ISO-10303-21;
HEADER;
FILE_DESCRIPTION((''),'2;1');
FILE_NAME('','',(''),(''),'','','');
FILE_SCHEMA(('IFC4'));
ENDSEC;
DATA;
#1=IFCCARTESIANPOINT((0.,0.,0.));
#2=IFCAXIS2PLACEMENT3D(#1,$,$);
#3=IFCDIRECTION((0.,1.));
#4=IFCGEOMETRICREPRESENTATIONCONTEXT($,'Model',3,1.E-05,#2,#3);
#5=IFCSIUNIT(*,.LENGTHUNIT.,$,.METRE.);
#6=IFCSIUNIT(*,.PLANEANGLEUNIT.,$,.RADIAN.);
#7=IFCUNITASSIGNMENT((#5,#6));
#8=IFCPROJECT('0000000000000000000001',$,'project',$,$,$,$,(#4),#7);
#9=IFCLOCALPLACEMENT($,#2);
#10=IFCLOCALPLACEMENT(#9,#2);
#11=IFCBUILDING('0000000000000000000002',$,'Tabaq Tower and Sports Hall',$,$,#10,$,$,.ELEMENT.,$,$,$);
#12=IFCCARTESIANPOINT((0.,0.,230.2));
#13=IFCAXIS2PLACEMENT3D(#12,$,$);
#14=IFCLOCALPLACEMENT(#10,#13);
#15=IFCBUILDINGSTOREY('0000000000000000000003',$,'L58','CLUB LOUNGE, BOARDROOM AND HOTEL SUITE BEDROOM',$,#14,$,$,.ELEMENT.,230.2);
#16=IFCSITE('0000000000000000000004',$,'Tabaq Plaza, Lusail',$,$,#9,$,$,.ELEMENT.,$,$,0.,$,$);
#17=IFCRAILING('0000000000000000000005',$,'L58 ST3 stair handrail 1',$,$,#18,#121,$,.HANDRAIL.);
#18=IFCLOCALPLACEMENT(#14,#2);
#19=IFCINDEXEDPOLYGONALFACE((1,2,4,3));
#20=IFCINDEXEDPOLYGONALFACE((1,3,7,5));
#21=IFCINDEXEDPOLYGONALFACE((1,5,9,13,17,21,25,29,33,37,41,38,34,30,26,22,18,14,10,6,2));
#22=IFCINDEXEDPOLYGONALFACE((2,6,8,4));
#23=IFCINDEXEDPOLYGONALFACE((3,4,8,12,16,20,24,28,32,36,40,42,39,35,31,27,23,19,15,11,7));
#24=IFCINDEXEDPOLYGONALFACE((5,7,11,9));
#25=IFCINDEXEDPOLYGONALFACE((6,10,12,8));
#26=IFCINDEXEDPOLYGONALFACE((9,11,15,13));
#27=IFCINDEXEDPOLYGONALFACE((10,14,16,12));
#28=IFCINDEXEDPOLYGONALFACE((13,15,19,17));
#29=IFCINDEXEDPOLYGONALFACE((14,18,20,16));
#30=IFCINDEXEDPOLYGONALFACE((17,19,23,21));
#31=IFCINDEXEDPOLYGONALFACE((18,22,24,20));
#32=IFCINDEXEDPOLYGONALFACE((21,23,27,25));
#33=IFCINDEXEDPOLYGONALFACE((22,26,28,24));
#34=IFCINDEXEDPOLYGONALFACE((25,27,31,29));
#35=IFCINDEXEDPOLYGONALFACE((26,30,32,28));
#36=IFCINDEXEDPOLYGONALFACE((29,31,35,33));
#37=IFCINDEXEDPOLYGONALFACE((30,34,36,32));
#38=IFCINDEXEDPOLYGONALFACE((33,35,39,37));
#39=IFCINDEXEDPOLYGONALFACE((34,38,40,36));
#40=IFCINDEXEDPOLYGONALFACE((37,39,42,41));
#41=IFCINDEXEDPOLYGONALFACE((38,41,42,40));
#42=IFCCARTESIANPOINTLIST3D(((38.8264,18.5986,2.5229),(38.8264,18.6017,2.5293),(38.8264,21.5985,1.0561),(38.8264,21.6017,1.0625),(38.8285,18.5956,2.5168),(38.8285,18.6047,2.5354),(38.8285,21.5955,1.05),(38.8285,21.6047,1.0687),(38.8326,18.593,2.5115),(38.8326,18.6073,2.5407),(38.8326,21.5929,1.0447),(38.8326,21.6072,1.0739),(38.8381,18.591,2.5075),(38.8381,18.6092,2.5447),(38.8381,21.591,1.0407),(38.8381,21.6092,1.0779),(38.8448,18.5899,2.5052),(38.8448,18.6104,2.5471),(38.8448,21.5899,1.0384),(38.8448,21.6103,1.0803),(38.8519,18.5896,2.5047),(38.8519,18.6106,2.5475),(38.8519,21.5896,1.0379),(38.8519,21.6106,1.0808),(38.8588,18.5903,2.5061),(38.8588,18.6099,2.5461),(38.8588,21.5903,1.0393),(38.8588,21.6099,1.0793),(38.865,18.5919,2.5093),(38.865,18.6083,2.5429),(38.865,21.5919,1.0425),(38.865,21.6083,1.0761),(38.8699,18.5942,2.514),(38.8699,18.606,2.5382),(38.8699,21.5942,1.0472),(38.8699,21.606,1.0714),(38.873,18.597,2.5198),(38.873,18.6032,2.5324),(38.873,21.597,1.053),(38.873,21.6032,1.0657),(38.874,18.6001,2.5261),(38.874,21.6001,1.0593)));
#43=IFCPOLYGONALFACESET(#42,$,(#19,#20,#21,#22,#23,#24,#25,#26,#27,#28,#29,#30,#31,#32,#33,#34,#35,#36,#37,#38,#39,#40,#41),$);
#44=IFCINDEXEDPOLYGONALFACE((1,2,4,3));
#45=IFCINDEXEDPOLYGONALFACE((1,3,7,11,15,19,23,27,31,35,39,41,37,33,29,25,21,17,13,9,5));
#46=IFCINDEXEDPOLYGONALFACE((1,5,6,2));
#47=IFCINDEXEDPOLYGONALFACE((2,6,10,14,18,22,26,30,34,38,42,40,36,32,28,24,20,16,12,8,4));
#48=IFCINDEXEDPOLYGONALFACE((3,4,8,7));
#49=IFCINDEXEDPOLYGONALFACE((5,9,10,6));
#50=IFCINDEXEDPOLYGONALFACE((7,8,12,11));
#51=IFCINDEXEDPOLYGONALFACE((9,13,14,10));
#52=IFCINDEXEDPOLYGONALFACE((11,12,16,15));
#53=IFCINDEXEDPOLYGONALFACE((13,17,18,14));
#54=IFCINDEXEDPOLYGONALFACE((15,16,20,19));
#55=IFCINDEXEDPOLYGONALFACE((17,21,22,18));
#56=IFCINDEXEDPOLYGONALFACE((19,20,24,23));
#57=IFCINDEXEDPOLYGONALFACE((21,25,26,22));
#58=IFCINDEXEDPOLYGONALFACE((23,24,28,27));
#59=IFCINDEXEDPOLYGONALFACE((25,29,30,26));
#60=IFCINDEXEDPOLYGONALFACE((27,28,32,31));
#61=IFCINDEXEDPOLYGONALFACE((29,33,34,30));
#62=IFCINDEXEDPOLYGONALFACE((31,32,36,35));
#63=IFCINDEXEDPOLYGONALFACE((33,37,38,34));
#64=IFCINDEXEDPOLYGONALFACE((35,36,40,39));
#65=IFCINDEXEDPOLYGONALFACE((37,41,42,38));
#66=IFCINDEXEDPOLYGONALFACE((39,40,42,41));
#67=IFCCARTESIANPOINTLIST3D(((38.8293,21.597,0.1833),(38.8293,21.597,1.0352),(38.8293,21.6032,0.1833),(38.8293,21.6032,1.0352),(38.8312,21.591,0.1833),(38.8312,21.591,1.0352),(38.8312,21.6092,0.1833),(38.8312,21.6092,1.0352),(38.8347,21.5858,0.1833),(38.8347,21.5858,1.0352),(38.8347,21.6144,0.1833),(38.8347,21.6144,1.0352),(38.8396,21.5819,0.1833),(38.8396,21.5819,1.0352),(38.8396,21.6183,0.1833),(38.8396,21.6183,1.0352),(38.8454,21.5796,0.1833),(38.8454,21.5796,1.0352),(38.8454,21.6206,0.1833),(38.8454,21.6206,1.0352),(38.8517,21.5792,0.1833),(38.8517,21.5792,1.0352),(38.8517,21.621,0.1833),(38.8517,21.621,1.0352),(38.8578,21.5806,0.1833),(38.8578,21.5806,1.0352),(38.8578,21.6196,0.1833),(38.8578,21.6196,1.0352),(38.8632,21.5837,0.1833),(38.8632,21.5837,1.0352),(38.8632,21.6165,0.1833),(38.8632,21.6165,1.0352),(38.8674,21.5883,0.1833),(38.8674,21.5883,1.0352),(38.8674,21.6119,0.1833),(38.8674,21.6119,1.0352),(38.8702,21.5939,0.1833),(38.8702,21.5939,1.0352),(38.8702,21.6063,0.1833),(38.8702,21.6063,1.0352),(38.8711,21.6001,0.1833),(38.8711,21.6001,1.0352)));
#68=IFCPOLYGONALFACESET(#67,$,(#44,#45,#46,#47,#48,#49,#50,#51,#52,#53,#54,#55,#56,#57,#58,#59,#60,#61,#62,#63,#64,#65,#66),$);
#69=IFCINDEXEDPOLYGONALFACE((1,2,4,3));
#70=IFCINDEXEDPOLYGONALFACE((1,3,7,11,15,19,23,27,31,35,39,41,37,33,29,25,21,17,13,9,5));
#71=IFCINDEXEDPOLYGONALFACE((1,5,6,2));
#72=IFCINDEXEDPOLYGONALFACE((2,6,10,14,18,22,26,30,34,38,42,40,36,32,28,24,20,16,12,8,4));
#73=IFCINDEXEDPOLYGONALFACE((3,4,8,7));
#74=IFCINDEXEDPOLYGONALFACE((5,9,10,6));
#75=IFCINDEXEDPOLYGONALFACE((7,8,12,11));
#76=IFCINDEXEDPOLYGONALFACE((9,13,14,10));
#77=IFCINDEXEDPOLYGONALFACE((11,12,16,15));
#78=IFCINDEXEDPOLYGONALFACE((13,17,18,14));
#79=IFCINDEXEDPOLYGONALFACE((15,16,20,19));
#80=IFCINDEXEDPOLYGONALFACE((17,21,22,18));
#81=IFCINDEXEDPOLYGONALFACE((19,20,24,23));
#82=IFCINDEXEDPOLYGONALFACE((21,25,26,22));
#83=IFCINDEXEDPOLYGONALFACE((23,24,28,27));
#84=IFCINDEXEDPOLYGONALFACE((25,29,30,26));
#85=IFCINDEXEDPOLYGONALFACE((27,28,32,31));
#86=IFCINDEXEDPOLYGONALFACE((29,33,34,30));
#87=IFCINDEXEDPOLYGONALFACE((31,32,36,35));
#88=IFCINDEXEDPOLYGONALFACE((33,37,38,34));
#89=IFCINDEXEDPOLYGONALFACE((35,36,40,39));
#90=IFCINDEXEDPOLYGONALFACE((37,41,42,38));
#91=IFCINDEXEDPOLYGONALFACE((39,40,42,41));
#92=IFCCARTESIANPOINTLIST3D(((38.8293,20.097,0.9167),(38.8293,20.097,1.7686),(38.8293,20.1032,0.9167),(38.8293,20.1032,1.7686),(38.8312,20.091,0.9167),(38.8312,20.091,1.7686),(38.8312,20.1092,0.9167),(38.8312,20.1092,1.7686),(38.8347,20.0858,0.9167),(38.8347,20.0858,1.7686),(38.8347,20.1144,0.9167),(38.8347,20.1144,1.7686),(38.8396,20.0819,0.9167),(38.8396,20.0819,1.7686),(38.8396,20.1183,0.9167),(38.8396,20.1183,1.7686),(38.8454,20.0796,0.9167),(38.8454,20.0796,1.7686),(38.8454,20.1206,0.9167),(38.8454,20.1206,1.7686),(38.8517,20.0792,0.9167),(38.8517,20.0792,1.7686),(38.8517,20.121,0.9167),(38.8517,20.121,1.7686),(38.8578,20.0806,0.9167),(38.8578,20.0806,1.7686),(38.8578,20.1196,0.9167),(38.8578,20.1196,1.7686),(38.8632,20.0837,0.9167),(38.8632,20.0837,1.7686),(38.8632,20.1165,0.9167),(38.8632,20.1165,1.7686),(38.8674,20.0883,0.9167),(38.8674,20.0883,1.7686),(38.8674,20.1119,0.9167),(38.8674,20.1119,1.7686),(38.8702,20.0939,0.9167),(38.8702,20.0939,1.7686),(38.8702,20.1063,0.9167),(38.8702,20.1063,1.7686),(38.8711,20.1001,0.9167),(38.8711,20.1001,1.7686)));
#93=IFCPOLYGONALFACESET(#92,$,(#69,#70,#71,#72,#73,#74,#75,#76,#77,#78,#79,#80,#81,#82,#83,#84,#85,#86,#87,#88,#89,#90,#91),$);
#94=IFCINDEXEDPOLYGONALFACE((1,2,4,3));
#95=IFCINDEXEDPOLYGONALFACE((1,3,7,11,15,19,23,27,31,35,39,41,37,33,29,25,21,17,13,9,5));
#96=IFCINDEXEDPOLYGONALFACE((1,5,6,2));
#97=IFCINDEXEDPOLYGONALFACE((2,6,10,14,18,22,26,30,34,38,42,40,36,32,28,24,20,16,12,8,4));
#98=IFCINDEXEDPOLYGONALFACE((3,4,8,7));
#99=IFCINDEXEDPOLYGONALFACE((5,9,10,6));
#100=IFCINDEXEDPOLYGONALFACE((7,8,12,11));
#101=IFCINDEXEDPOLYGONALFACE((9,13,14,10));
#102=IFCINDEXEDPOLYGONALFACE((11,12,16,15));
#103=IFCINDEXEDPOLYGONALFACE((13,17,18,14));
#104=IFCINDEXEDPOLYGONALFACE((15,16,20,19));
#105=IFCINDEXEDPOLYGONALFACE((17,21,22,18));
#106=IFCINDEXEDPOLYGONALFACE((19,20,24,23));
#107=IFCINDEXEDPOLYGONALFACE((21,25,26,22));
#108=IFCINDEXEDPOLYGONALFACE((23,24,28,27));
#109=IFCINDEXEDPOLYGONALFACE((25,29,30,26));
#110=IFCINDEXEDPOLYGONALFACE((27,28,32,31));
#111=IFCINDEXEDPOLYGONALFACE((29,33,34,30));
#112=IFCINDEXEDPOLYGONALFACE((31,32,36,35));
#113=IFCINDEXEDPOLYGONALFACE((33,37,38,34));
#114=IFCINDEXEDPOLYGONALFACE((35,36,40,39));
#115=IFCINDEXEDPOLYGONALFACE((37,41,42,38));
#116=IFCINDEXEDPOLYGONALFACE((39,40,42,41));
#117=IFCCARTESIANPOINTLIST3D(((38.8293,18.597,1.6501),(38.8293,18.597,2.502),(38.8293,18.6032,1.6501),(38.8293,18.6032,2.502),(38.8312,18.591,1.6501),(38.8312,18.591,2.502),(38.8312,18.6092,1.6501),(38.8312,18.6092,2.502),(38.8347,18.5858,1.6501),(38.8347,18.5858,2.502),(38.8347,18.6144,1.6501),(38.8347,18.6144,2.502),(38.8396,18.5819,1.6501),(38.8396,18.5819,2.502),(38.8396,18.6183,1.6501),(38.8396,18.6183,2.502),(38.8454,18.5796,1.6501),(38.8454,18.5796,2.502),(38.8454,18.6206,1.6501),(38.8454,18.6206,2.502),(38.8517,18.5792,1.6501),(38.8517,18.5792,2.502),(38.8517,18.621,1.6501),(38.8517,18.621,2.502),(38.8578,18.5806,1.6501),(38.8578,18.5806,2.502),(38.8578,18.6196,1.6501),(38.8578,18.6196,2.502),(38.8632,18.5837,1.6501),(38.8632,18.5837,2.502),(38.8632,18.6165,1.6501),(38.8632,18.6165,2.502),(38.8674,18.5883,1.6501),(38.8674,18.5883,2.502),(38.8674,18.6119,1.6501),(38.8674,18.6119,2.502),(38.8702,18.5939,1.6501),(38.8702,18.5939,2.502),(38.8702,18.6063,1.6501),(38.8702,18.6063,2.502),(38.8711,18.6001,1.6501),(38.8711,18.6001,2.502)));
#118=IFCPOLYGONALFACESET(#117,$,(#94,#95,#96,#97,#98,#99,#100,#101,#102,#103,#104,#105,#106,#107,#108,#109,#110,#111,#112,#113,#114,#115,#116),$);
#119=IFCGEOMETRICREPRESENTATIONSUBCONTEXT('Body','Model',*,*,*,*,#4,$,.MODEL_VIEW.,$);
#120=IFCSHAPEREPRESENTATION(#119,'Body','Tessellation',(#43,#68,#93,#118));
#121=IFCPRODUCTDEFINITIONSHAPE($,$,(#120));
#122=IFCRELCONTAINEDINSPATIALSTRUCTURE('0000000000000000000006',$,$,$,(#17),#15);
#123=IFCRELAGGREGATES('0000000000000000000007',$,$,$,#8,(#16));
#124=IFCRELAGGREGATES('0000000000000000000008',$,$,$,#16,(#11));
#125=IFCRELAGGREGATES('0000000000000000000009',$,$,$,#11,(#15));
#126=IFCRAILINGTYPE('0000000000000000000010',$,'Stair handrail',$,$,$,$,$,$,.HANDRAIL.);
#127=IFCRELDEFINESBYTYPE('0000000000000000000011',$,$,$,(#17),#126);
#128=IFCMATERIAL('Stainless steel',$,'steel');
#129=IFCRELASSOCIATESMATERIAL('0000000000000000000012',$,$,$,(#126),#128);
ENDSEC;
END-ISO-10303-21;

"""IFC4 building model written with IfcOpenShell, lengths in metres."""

from ifc_helpers import new_model, si_unit, direction, frame, origin, origin_2d, place, context, subcontext, project, spatial, circle, extrude, material, type_object, element, save


model = new_model("IFC4")

# Units and contexts
model_context = context("Model", 3, precision=1e-05, world=origin(), true_north=direction((0.0, 1.0)))
body_context = subcontext(model_context, "Body", "Model", "MODEL_VIEW")
ifc_project = project(units=[si_unit("LENGTHUNIT", "METRE"), si_unit("PLANEANGLEUNIT", "RADIAN")], contexts=[model_context])

# Site, building, storey
site_placement = place(None, origin())
site = spatial("IfcSite", under=ifc_project, at=site_placement, Name="Tabaq Plaza, Lusail", CompositionType="ELEMENT", RefElevation=0.0)
building_placement = place(site_placement, origin())
building = spatial("IfcBuilding", under=site, at=building_placement, Name="Tabaq Tower and Sports Hall", CompositionType="ELEMENT")
storey_placement = place(building_placement, frame((0.0, 0.0, 230.2)))
storey = spatial("IfcBuildingStorey", under=building, at=storey_placement, Name="L58", Description="CLUB LOUNGE, BOARDROOM AND HOTEL SUITE BEDROOM", CompositionType="ELEMENT", Elevation=230.2)

# Railing
ifc_material_1 = material(Name="Stainless steel", Category="steel")
railing_type_1 = type_object("IfcRailingType", Name="Stair handrail", PredefinedType="HANDRAIL", material=ifc_material_1)
railing_1_placement = place(storey_placement, frame((38.8501, 21.6001, 0.1833)))
element("IfcRailing", 1, at=railing_1_placement, inside=storey, type_object=railing_type_1, Name="L58 ST3 stair handrail 1", PredefinedType="HANDRAIL", context=body_context, shape_type="SweptSolid", body=[
    extrude(circle(Radius=0.0239, at=origin_2d()), frame((0.0, 0.0, 0.876), z_axis=(0.0, -0.898369, 0.439242), x_axis=(1.0, 0.0, 0.0)), (0.0, 0.0, 1.0), 3.3394),
    extrude(circle(Radius=0.021, at=origin_2d()), origin(), (0.0, 0.0, 1.0), 0.8518),
    extrude(circle(Radius=0.021, at=origin_2d()), frame((0.0, -1.5, 0.7334)), (0.0, 0.0, 1.0), 0.8518),
    extrude(circle(Radius=0.021, at=origin_2d()), frame((0.0, -3.0, 1.4668)), (0.0, 0.0, 1.0), 0.8518),
])

save(model, "model.ifc")
